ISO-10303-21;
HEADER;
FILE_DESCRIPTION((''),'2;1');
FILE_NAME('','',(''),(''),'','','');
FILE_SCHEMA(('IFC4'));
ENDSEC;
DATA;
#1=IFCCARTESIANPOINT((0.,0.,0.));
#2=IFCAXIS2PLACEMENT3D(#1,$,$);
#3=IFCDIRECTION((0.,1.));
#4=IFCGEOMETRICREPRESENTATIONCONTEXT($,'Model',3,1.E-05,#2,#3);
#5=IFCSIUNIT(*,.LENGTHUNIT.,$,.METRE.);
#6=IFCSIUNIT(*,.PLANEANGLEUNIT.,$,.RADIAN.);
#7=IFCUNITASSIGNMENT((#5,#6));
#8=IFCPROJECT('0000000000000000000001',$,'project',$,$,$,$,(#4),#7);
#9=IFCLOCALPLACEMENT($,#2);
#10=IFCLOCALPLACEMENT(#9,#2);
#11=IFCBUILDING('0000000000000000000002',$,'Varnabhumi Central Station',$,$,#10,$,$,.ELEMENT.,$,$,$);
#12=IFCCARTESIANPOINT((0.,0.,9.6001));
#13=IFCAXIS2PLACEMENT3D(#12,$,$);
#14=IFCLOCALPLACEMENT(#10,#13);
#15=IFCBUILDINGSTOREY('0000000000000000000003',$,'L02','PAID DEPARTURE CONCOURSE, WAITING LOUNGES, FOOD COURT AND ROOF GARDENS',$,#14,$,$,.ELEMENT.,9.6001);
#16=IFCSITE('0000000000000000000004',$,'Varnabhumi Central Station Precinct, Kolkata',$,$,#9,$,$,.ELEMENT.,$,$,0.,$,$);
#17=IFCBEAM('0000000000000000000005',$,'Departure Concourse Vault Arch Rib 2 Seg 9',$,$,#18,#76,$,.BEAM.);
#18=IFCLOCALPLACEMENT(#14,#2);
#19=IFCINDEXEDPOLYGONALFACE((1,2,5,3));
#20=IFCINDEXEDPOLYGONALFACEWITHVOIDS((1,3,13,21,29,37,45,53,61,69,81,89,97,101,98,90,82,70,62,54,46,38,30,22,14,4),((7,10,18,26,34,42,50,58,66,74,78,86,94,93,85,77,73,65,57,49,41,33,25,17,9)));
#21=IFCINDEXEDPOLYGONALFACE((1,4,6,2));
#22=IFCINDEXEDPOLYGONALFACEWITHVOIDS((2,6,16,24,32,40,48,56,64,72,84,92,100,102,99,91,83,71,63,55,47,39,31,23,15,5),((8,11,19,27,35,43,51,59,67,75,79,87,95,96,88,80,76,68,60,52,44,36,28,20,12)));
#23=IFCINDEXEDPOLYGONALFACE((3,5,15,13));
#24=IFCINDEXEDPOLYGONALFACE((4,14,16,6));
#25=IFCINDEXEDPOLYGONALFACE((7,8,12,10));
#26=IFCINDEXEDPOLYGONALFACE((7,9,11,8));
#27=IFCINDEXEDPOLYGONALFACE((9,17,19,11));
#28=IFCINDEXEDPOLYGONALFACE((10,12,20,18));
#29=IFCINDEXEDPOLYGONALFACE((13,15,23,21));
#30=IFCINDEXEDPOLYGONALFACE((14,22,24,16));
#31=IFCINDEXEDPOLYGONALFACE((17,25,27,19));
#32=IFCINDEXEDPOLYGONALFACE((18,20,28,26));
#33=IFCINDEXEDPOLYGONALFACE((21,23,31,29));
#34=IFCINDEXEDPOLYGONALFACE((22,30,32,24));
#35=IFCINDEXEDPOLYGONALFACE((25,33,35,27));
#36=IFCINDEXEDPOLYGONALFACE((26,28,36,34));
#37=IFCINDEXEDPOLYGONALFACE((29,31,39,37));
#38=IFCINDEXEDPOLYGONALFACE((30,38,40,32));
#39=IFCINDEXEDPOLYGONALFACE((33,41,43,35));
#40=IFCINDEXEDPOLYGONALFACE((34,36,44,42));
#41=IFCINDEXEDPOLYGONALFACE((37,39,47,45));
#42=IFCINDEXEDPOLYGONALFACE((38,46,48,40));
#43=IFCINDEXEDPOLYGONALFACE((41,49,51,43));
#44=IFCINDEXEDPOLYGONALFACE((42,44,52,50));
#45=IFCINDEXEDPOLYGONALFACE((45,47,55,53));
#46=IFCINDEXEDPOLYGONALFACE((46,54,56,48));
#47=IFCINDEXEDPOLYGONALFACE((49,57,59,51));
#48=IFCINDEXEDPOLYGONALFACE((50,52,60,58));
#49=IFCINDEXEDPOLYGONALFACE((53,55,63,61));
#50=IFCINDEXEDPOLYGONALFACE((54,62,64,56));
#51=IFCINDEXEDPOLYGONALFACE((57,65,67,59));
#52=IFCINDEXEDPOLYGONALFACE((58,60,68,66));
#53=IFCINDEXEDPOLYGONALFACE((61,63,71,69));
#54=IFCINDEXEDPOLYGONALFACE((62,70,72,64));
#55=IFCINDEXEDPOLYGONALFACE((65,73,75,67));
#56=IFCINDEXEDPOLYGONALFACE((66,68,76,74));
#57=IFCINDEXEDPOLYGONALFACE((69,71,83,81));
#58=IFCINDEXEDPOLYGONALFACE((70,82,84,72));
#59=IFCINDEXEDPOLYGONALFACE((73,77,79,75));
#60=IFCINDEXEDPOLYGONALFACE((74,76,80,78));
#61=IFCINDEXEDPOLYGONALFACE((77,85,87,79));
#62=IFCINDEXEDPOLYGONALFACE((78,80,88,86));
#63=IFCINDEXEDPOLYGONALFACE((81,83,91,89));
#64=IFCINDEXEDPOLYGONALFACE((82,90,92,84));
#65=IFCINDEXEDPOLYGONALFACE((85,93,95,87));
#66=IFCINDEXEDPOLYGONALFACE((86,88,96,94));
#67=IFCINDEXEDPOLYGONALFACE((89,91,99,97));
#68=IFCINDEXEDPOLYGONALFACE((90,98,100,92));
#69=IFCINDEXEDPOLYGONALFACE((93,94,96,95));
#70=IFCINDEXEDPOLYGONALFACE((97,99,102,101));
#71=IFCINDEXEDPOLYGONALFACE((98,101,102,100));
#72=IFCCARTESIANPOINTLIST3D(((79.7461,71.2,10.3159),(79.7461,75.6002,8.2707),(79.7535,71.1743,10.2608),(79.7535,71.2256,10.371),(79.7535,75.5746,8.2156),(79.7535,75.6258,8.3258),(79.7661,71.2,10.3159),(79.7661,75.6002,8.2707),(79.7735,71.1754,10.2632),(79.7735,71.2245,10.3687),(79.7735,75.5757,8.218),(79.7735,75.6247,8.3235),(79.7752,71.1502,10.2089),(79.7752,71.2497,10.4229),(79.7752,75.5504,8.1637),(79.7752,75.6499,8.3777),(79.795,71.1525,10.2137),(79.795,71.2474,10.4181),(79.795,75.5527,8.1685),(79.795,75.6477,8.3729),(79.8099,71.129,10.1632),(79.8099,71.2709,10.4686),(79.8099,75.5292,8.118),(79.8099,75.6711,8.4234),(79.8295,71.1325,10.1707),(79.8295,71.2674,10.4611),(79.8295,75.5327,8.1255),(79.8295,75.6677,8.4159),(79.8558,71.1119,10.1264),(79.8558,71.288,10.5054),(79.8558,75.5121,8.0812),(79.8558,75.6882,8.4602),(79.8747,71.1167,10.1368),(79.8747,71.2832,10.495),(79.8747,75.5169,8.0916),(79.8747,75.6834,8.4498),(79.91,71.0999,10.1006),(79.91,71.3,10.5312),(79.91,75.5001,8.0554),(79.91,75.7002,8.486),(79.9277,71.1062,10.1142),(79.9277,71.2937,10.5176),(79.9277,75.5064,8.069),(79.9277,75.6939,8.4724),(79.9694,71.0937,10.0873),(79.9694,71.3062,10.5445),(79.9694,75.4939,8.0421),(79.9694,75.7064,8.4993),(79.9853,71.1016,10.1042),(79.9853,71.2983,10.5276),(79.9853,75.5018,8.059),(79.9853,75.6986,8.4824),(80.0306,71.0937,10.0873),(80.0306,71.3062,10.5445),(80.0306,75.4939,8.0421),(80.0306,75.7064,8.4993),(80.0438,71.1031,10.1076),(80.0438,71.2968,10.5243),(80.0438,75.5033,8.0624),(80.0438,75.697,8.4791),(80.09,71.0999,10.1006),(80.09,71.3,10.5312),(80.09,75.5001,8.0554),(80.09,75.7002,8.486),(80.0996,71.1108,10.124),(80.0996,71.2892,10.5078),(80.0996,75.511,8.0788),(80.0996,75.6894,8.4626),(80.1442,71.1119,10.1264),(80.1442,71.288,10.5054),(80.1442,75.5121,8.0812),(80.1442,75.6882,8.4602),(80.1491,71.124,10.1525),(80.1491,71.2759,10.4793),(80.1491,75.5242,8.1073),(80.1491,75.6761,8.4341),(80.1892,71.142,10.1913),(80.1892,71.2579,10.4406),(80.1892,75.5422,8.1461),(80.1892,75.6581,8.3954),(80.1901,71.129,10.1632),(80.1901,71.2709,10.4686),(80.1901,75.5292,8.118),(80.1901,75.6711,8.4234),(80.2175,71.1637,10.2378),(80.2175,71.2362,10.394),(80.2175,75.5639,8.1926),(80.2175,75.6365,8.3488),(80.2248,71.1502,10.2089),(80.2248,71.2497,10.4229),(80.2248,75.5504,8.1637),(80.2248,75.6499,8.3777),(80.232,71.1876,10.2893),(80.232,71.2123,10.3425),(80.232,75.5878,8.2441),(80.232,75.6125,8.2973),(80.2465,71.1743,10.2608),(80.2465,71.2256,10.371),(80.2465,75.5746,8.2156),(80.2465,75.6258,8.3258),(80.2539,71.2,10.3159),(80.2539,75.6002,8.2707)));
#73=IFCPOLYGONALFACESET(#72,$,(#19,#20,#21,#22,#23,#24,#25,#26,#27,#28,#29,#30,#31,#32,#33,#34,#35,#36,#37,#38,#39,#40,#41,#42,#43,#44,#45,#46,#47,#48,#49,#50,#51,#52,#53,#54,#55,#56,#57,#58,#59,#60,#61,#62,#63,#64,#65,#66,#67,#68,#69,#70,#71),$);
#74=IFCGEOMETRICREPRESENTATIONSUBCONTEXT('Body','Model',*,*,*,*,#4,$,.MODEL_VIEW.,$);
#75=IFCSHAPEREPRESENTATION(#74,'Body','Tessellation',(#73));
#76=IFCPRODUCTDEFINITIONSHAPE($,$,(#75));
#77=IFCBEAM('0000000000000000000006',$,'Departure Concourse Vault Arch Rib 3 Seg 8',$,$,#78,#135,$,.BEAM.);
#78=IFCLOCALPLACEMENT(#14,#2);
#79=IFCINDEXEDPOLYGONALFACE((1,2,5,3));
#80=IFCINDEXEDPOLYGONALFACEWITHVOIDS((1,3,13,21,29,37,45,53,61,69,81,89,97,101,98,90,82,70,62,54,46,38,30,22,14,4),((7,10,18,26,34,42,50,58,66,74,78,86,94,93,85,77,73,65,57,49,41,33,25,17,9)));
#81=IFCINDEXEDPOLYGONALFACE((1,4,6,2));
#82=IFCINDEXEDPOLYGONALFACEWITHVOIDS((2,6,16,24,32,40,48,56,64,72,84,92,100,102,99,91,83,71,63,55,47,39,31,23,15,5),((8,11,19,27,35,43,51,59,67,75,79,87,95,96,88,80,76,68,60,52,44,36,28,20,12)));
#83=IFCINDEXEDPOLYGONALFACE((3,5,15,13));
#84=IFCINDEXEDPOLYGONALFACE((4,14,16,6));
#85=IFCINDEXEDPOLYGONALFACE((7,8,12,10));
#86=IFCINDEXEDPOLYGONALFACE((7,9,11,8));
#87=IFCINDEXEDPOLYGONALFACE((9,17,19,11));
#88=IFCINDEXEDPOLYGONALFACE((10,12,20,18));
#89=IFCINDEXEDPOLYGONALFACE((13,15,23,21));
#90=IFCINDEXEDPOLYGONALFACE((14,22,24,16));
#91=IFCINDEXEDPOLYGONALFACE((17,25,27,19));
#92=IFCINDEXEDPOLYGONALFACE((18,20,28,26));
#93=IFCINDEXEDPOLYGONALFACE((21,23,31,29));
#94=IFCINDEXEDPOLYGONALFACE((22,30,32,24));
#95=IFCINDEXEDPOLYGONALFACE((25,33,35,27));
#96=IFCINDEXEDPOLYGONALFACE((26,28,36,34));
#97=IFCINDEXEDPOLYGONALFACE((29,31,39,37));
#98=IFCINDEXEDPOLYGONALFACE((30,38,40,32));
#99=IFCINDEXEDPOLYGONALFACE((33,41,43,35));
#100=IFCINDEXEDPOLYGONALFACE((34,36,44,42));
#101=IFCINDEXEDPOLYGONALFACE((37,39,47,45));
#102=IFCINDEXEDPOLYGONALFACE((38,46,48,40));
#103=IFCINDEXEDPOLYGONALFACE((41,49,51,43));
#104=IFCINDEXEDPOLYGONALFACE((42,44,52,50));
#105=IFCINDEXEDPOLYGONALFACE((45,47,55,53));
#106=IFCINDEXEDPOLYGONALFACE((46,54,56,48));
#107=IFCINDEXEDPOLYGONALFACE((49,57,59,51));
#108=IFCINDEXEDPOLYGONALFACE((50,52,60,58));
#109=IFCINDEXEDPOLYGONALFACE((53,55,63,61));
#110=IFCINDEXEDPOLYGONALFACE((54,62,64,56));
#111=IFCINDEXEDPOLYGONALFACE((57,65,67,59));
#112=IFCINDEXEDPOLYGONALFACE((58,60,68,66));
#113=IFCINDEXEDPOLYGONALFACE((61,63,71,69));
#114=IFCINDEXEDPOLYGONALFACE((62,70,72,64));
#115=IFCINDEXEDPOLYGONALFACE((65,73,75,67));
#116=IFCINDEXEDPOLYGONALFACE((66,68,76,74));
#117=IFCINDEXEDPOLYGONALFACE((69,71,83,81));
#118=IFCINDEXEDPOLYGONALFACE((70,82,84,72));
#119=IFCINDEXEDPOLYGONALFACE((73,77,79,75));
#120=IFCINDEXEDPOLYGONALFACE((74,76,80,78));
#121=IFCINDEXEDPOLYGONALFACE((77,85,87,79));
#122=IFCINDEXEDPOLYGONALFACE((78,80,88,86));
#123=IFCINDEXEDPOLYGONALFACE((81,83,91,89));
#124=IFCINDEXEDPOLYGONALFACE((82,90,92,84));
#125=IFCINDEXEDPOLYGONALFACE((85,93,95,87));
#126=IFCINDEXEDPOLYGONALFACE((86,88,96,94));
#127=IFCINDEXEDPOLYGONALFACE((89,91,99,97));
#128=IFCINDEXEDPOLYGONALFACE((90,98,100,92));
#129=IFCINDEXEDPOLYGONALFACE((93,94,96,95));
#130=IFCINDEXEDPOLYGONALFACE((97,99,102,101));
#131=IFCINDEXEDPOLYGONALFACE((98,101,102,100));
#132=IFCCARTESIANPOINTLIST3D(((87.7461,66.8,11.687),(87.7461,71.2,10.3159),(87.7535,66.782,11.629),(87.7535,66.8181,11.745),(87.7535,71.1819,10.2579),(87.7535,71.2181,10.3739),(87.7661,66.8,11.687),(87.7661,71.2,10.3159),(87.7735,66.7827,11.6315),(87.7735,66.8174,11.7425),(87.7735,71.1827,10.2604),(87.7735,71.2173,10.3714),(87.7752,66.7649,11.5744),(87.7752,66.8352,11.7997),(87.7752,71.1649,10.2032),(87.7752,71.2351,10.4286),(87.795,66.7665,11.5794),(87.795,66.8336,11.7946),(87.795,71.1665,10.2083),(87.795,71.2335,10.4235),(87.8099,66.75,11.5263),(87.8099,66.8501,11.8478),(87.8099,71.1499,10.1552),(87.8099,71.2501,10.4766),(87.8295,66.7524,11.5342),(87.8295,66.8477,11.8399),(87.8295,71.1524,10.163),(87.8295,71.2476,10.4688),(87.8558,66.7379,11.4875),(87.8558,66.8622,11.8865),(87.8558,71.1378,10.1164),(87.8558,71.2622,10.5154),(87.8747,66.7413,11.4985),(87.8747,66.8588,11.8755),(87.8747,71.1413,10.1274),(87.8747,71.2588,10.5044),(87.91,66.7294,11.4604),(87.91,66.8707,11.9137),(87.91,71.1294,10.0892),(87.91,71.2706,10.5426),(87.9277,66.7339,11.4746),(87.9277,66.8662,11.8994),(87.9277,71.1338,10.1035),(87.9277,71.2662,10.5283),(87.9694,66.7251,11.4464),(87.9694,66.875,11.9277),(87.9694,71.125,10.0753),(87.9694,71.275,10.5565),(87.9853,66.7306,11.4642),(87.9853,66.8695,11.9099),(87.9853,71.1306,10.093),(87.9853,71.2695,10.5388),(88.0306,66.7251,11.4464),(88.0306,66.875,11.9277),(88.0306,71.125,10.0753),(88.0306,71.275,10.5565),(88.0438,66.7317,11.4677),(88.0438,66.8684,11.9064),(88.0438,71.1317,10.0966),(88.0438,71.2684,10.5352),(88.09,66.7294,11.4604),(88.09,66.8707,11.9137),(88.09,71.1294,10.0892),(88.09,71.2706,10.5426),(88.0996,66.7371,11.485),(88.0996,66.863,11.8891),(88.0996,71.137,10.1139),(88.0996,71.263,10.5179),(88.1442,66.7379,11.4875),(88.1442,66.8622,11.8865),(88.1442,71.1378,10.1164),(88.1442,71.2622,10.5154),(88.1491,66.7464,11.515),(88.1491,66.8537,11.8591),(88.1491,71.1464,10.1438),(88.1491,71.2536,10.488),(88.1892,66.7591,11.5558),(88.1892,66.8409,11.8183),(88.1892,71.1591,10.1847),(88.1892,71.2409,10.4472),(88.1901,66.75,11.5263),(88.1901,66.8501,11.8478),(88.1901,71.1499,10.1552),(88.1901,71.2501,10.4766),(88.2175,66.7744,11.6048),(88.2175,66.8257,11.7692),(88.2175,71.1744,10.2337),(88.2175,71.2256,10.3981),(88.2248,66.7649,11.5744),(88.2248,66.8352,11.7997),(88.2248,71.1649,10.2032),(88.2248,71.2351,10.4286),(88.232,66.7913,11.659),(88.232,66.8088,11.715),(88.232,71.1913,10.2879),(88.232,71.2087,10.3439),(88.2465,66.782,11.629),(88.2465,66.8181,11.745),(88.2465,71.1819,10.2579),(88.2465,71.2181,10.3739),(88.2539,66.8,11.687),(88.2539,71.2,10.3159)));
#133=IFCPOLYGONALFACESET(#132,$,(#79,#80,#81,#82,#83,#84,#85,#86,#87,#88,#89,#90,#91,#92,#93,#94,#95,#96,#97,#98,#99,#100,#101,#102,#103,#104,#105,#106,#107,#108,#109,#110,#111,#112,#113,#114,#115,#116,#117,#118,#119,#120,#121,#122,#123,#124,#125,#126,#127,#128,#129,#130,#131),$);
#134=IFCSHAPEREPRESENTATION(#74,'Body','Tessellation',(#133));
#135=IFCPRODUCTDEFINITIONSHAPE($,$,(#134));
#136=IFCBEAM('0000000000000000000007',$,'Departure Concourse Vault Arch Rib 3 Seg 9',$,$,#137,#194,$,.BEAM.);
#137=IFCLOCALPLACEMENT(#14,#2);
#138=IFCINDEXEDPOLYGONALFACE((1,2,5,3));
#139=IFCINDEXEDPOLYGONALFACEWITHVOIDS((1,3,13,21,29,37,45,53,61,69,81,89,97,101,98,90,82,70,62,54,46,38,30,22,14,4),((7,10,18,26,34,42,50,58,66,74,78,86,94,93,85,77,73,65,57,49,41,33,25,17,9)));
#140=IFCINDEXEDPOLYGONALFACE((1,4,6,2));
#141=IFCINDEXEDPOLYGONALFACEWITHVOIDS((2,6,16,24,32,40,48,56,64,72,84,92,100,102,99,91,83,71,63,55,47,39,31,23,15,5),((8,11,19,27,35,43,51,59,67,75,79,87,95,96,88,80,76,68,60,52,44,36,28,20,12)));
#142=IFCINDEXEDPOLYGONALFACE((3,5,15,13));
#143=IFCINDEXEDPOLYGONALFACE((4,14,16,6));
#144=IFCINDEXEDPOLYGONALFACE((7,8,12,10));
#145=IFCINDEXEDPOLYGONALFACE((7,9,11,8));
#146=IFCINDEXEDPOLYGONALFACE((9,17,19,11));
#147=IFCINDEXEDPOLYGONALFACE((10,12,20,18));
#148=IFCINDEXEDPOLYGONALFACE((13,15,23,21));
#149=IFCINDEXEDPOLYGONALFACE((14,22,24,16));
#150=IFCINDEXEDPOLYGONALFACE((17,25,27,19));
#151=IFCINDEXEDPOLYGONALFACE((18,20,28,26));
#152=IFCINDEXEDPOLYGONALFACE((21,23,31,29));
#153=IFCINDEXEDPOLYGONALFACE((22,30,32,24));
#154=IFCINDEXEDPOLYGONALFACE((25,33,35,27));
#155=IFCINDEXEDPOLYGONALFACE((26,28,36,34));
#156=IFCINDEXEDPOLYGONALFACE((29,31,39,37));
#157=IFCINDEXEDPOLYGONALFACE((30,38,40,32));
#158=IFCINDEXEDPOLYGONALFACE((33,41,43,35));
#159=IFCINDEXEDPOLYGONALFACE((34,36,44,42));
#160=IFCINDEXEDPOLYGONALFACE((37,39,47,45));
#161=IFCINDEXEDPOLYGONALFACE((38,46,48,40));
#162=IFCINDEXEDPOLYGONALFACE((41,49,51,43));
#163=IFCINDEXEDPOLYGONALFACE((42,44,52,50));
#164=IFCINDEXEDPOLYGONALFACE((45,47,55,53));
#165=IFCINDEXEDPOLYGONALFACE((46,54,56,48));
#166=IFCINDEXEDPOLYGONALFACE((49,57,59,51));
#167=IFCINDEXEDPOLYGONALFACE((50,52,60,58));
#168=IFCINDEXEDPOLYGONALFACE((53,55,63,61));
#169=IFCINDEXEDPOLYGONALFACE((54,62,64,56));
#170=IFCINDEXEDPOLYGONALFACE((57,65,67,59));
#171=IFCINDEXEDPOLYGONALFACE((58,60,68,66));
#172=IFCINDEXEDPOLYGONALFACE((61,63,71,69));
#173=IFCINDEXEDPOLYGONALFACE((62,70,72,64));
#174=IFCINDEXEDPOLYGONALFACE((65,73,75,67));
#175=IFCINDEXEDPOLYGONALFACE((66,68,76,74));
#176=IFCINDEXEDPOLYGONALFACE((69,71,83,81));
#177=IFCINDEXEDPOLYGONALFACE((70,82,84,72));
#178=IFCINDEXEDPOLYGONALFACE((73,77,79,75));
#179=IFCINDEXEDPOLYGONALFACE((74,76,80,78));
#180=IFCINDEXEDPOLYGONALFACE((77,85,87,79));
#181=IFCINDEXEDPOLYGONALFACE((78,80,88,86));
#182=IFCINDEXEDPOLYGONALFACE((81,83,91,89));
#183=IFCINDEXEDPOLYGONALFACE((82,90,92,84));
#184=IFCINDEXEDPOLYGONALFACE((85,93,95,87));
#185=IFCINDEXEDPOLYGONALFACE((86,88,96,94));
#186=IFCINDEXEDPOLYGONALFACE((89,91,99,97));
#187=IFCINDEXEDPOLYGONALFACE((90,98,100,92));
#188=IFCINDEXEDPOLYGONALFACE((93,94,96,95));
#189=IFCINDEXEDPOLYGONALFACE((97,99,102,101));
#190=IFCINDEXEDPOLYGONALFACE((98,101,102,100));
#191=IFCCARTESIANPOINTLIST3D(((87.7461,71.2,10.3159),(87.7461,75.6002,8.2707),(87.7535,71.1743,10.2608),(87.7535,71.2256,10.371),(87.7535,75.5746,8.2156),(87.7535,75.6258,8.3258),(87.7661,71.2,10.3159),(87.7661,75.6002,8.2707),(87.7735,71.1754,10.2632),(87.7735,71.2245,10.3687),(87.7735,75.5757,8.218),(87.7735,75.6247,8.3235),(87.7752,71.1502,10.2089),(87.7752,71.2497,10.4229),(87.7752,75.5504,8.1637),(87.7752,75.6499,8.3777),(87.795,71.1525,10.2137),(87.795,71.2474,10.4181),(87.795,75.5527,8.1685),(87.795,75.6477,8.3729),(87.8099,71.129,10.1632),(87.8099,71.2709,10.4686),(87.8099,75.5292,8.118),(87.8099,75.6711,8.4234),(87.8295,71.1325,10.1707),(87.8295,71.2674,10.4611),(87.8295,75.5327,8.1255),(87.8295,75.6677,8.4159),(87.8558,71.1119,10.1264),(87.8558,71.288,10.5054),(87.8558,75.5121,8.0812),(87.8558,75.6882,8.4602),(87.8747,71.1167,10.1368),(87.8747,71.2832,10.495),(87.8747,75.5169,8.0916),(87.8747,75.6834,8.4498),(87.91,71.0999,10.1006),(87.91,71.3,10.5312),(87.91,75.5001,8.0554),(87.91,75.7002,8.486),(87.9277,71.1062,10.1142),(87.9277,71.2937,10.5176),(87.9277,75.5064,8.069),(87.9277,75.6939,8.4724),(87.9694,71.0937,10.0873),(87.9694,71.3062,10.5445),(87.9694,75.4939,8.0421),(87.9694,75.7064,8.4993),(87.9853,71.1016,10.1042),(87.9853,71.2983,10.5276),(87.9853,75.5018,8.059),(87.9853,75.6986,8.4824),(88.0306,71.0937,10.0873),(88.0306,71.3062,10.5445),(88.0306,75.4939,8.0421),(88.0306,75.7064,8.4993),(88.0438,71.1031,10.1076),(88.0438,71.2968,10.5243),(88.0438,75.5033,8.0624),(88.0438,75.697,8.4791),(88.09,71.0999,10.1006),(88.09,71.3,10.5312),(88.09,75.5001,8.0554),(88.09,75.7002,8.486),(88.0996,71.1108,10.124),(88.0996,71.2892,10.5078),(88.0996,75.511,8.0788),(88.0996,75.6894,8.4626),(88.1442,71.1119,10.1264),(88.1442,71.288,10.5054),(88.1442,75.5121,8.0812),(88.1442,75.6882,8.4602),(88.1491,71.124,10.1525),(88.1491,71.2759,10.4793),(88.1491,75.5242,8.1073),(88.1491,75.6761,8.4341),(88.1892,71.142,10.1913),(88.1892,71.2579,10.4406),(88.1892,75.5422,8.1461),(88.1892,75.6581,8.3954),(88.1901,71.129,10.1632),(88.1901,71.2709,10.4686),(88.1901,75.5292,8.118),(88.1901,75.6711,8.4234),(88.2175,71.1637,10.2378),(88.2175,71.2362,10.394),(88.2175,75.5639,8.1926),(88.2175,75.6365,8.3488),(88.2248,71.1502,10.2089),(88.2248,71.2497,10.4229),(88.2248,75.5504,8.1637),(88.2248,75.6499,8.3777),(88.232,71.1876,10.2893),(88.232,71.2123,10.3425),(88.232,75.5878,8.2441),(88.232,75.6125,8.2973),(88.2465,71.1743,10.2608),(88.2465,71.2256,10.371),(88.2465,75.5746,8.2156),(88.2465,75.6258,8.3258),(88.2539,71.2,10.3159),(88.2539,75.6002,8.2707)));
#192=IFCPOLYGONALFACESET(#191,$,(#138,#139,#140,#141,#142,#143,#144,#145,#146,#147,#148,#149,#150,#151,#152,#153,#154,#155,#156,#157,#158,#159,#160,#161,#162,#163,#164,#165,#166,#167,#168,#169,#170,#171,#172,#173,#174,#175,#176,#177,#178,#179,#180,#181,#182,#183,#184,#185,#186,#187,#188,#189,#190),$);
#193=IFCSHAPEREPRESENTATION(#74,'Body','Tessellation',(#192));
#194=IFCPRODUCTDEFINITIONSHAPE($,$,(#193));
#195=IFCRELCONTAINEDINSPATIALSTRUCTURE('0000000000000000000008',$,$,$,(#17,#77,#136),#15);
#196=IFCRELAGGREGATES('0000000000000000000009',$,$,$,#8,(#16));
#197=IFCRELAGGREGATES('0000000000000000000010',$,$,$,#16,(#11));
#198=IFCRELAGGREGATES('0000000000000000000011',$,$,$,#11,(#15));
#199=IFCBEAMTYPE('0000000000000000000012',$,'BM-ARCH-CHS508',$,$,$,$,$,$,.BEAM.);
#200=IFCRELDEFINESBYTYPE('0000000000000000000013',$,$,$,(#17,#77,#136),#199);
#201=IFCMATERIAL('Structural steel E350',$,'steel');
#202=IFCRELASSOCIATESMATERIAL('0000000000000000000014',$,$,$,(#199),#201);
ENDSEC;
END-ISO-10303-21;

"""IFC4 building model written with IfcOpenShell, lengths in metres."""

from ifc_helpers import new_model, si_unit, direction, frame, origin, origin_2d, place, context, subcontext, project, spatial, hollow_circle, extrude, material, material_profile, profile_set, type_object, element, save


model = new_model("IFC4")

# Units and contexts
model_context = context("Model", 3, precision=1e-05, world=origin(), true_north=direction((0.0, 1.0)))
body_context = subcontext(model_context, "Body", "Model", "MODEL_VIEW")
ifc_project = project(units=[si_unit("LENGTHUNIT", "METRE"), si_unit("PLANEANGLEUNIT", "RADIAN")], contexts=[model_context])

# Site, building, storey
site_placement = place(None, origin())
site = spatial("IfcSite", under=ifc_project, at=site_placement, Name="Varnabhumi Central Station Precinct, Kolkata", CompositionType="ELEMENT", RefElevation=0.0)
building_placement = place(site_placement, origin())
building = spatial("IfcBuilding", under=site, at=building_placement, Name="Varnabhumi Central Station", CompositionType="ELEMENT")
storey_placement = place(building_placement, frame((0.0, 0.0, 9.6001)))
storey = spatial("IfcBuildingStorey", under=building, at=storey_placement, Name="L02", Description="PAID DEPARTURE CONCOURSE, WAITING LOUNGES, FOOD COURT AND ROOF GARDENS", CompositionType="ELEMENT", Elevation=9.6001)

# Beams
ifc_material_1 = material(Name="Structural steel E350", Category="steel")
ifc_material_profile_1 = material_profile(ifc_material_1, hollow_circle(Radius=0.2539, WallThickness=0.02, at=origin_2d()), Name="Structural steel E350", Category="steel")
ifc_profile_set_1 = profile_set([ifc_material_profile_1], Name="Structural steel E350")
beam_type_1 = type_object("IfcBeamType", Name="BM-ARCH-CHS508", PredefinedType="BEAM", material=ifc_profile_set_1)
beam_1_placement = place(storey_placement, frame((80.0, 71.2, 10.3159), z_axis=(0.0, 0.906832, -0.421491), x_axis=(-1.0, 0.0, 0.0)))
element("IfcBeam", 1, at=beam_1_placement, inside=storey, type_object=beam_type_1, Name="Departure Concourse Vault Arch Rib 2 Seg 9", PredefinedType="BEAM", context=body_context, shape_type="SweptSolid", body=[
    extrude(hollow_circle(Radius=0.2539, WallThickness=0.02, at=origin_2d()), origin(), (0.0, 0.0, 1.0), 4.8523),
])
beam_2_placement = place(storey_placement, frame((88.0, 66.8, 11.687), z_axis=(0.0, 0.954719, -0.297509), x_axis=(-1.0, 0.0, 0.0)))
element("IfcBeam", 2, at=beam_2_placement, inside=storey, type_object=beam_type_1, Name="Departure Concourse Vault Arch Rib 3 Seg 8", PredefinedType="BEAM", context=body_context, shape_type="SweptSolid", body=[
    extrude(hollow_circle(Radius=0.2539, WallThickness=0.02, at=origin_2d()), origin(), (0.0, 0.0, 1.0), 4.6086),
])
beam_3_placement = place(storey_placement, frame((88.0, 71.2, 10.3159), z_axis=(0.0, 0.906832, -0.421491), x_axis=(-1.0, 0.0, 0.0)))
element("IfcBeam", 3, at=beam_3_placement, inside=storey, type_object=beam_type_1, Name="Departure Concourse Vault Arch Rib 3 Seg 9", PredefinedType="BEAM", context=body_context, shape_type="SweptSolid", body=[
    extrude(hollow_circle(Radius=0.2539, WallThickness=0.02, at=origin_2d()), origin(), (0.0, 0.0, 1.0), 4.8523),
])

save(model, "model.ifc")
